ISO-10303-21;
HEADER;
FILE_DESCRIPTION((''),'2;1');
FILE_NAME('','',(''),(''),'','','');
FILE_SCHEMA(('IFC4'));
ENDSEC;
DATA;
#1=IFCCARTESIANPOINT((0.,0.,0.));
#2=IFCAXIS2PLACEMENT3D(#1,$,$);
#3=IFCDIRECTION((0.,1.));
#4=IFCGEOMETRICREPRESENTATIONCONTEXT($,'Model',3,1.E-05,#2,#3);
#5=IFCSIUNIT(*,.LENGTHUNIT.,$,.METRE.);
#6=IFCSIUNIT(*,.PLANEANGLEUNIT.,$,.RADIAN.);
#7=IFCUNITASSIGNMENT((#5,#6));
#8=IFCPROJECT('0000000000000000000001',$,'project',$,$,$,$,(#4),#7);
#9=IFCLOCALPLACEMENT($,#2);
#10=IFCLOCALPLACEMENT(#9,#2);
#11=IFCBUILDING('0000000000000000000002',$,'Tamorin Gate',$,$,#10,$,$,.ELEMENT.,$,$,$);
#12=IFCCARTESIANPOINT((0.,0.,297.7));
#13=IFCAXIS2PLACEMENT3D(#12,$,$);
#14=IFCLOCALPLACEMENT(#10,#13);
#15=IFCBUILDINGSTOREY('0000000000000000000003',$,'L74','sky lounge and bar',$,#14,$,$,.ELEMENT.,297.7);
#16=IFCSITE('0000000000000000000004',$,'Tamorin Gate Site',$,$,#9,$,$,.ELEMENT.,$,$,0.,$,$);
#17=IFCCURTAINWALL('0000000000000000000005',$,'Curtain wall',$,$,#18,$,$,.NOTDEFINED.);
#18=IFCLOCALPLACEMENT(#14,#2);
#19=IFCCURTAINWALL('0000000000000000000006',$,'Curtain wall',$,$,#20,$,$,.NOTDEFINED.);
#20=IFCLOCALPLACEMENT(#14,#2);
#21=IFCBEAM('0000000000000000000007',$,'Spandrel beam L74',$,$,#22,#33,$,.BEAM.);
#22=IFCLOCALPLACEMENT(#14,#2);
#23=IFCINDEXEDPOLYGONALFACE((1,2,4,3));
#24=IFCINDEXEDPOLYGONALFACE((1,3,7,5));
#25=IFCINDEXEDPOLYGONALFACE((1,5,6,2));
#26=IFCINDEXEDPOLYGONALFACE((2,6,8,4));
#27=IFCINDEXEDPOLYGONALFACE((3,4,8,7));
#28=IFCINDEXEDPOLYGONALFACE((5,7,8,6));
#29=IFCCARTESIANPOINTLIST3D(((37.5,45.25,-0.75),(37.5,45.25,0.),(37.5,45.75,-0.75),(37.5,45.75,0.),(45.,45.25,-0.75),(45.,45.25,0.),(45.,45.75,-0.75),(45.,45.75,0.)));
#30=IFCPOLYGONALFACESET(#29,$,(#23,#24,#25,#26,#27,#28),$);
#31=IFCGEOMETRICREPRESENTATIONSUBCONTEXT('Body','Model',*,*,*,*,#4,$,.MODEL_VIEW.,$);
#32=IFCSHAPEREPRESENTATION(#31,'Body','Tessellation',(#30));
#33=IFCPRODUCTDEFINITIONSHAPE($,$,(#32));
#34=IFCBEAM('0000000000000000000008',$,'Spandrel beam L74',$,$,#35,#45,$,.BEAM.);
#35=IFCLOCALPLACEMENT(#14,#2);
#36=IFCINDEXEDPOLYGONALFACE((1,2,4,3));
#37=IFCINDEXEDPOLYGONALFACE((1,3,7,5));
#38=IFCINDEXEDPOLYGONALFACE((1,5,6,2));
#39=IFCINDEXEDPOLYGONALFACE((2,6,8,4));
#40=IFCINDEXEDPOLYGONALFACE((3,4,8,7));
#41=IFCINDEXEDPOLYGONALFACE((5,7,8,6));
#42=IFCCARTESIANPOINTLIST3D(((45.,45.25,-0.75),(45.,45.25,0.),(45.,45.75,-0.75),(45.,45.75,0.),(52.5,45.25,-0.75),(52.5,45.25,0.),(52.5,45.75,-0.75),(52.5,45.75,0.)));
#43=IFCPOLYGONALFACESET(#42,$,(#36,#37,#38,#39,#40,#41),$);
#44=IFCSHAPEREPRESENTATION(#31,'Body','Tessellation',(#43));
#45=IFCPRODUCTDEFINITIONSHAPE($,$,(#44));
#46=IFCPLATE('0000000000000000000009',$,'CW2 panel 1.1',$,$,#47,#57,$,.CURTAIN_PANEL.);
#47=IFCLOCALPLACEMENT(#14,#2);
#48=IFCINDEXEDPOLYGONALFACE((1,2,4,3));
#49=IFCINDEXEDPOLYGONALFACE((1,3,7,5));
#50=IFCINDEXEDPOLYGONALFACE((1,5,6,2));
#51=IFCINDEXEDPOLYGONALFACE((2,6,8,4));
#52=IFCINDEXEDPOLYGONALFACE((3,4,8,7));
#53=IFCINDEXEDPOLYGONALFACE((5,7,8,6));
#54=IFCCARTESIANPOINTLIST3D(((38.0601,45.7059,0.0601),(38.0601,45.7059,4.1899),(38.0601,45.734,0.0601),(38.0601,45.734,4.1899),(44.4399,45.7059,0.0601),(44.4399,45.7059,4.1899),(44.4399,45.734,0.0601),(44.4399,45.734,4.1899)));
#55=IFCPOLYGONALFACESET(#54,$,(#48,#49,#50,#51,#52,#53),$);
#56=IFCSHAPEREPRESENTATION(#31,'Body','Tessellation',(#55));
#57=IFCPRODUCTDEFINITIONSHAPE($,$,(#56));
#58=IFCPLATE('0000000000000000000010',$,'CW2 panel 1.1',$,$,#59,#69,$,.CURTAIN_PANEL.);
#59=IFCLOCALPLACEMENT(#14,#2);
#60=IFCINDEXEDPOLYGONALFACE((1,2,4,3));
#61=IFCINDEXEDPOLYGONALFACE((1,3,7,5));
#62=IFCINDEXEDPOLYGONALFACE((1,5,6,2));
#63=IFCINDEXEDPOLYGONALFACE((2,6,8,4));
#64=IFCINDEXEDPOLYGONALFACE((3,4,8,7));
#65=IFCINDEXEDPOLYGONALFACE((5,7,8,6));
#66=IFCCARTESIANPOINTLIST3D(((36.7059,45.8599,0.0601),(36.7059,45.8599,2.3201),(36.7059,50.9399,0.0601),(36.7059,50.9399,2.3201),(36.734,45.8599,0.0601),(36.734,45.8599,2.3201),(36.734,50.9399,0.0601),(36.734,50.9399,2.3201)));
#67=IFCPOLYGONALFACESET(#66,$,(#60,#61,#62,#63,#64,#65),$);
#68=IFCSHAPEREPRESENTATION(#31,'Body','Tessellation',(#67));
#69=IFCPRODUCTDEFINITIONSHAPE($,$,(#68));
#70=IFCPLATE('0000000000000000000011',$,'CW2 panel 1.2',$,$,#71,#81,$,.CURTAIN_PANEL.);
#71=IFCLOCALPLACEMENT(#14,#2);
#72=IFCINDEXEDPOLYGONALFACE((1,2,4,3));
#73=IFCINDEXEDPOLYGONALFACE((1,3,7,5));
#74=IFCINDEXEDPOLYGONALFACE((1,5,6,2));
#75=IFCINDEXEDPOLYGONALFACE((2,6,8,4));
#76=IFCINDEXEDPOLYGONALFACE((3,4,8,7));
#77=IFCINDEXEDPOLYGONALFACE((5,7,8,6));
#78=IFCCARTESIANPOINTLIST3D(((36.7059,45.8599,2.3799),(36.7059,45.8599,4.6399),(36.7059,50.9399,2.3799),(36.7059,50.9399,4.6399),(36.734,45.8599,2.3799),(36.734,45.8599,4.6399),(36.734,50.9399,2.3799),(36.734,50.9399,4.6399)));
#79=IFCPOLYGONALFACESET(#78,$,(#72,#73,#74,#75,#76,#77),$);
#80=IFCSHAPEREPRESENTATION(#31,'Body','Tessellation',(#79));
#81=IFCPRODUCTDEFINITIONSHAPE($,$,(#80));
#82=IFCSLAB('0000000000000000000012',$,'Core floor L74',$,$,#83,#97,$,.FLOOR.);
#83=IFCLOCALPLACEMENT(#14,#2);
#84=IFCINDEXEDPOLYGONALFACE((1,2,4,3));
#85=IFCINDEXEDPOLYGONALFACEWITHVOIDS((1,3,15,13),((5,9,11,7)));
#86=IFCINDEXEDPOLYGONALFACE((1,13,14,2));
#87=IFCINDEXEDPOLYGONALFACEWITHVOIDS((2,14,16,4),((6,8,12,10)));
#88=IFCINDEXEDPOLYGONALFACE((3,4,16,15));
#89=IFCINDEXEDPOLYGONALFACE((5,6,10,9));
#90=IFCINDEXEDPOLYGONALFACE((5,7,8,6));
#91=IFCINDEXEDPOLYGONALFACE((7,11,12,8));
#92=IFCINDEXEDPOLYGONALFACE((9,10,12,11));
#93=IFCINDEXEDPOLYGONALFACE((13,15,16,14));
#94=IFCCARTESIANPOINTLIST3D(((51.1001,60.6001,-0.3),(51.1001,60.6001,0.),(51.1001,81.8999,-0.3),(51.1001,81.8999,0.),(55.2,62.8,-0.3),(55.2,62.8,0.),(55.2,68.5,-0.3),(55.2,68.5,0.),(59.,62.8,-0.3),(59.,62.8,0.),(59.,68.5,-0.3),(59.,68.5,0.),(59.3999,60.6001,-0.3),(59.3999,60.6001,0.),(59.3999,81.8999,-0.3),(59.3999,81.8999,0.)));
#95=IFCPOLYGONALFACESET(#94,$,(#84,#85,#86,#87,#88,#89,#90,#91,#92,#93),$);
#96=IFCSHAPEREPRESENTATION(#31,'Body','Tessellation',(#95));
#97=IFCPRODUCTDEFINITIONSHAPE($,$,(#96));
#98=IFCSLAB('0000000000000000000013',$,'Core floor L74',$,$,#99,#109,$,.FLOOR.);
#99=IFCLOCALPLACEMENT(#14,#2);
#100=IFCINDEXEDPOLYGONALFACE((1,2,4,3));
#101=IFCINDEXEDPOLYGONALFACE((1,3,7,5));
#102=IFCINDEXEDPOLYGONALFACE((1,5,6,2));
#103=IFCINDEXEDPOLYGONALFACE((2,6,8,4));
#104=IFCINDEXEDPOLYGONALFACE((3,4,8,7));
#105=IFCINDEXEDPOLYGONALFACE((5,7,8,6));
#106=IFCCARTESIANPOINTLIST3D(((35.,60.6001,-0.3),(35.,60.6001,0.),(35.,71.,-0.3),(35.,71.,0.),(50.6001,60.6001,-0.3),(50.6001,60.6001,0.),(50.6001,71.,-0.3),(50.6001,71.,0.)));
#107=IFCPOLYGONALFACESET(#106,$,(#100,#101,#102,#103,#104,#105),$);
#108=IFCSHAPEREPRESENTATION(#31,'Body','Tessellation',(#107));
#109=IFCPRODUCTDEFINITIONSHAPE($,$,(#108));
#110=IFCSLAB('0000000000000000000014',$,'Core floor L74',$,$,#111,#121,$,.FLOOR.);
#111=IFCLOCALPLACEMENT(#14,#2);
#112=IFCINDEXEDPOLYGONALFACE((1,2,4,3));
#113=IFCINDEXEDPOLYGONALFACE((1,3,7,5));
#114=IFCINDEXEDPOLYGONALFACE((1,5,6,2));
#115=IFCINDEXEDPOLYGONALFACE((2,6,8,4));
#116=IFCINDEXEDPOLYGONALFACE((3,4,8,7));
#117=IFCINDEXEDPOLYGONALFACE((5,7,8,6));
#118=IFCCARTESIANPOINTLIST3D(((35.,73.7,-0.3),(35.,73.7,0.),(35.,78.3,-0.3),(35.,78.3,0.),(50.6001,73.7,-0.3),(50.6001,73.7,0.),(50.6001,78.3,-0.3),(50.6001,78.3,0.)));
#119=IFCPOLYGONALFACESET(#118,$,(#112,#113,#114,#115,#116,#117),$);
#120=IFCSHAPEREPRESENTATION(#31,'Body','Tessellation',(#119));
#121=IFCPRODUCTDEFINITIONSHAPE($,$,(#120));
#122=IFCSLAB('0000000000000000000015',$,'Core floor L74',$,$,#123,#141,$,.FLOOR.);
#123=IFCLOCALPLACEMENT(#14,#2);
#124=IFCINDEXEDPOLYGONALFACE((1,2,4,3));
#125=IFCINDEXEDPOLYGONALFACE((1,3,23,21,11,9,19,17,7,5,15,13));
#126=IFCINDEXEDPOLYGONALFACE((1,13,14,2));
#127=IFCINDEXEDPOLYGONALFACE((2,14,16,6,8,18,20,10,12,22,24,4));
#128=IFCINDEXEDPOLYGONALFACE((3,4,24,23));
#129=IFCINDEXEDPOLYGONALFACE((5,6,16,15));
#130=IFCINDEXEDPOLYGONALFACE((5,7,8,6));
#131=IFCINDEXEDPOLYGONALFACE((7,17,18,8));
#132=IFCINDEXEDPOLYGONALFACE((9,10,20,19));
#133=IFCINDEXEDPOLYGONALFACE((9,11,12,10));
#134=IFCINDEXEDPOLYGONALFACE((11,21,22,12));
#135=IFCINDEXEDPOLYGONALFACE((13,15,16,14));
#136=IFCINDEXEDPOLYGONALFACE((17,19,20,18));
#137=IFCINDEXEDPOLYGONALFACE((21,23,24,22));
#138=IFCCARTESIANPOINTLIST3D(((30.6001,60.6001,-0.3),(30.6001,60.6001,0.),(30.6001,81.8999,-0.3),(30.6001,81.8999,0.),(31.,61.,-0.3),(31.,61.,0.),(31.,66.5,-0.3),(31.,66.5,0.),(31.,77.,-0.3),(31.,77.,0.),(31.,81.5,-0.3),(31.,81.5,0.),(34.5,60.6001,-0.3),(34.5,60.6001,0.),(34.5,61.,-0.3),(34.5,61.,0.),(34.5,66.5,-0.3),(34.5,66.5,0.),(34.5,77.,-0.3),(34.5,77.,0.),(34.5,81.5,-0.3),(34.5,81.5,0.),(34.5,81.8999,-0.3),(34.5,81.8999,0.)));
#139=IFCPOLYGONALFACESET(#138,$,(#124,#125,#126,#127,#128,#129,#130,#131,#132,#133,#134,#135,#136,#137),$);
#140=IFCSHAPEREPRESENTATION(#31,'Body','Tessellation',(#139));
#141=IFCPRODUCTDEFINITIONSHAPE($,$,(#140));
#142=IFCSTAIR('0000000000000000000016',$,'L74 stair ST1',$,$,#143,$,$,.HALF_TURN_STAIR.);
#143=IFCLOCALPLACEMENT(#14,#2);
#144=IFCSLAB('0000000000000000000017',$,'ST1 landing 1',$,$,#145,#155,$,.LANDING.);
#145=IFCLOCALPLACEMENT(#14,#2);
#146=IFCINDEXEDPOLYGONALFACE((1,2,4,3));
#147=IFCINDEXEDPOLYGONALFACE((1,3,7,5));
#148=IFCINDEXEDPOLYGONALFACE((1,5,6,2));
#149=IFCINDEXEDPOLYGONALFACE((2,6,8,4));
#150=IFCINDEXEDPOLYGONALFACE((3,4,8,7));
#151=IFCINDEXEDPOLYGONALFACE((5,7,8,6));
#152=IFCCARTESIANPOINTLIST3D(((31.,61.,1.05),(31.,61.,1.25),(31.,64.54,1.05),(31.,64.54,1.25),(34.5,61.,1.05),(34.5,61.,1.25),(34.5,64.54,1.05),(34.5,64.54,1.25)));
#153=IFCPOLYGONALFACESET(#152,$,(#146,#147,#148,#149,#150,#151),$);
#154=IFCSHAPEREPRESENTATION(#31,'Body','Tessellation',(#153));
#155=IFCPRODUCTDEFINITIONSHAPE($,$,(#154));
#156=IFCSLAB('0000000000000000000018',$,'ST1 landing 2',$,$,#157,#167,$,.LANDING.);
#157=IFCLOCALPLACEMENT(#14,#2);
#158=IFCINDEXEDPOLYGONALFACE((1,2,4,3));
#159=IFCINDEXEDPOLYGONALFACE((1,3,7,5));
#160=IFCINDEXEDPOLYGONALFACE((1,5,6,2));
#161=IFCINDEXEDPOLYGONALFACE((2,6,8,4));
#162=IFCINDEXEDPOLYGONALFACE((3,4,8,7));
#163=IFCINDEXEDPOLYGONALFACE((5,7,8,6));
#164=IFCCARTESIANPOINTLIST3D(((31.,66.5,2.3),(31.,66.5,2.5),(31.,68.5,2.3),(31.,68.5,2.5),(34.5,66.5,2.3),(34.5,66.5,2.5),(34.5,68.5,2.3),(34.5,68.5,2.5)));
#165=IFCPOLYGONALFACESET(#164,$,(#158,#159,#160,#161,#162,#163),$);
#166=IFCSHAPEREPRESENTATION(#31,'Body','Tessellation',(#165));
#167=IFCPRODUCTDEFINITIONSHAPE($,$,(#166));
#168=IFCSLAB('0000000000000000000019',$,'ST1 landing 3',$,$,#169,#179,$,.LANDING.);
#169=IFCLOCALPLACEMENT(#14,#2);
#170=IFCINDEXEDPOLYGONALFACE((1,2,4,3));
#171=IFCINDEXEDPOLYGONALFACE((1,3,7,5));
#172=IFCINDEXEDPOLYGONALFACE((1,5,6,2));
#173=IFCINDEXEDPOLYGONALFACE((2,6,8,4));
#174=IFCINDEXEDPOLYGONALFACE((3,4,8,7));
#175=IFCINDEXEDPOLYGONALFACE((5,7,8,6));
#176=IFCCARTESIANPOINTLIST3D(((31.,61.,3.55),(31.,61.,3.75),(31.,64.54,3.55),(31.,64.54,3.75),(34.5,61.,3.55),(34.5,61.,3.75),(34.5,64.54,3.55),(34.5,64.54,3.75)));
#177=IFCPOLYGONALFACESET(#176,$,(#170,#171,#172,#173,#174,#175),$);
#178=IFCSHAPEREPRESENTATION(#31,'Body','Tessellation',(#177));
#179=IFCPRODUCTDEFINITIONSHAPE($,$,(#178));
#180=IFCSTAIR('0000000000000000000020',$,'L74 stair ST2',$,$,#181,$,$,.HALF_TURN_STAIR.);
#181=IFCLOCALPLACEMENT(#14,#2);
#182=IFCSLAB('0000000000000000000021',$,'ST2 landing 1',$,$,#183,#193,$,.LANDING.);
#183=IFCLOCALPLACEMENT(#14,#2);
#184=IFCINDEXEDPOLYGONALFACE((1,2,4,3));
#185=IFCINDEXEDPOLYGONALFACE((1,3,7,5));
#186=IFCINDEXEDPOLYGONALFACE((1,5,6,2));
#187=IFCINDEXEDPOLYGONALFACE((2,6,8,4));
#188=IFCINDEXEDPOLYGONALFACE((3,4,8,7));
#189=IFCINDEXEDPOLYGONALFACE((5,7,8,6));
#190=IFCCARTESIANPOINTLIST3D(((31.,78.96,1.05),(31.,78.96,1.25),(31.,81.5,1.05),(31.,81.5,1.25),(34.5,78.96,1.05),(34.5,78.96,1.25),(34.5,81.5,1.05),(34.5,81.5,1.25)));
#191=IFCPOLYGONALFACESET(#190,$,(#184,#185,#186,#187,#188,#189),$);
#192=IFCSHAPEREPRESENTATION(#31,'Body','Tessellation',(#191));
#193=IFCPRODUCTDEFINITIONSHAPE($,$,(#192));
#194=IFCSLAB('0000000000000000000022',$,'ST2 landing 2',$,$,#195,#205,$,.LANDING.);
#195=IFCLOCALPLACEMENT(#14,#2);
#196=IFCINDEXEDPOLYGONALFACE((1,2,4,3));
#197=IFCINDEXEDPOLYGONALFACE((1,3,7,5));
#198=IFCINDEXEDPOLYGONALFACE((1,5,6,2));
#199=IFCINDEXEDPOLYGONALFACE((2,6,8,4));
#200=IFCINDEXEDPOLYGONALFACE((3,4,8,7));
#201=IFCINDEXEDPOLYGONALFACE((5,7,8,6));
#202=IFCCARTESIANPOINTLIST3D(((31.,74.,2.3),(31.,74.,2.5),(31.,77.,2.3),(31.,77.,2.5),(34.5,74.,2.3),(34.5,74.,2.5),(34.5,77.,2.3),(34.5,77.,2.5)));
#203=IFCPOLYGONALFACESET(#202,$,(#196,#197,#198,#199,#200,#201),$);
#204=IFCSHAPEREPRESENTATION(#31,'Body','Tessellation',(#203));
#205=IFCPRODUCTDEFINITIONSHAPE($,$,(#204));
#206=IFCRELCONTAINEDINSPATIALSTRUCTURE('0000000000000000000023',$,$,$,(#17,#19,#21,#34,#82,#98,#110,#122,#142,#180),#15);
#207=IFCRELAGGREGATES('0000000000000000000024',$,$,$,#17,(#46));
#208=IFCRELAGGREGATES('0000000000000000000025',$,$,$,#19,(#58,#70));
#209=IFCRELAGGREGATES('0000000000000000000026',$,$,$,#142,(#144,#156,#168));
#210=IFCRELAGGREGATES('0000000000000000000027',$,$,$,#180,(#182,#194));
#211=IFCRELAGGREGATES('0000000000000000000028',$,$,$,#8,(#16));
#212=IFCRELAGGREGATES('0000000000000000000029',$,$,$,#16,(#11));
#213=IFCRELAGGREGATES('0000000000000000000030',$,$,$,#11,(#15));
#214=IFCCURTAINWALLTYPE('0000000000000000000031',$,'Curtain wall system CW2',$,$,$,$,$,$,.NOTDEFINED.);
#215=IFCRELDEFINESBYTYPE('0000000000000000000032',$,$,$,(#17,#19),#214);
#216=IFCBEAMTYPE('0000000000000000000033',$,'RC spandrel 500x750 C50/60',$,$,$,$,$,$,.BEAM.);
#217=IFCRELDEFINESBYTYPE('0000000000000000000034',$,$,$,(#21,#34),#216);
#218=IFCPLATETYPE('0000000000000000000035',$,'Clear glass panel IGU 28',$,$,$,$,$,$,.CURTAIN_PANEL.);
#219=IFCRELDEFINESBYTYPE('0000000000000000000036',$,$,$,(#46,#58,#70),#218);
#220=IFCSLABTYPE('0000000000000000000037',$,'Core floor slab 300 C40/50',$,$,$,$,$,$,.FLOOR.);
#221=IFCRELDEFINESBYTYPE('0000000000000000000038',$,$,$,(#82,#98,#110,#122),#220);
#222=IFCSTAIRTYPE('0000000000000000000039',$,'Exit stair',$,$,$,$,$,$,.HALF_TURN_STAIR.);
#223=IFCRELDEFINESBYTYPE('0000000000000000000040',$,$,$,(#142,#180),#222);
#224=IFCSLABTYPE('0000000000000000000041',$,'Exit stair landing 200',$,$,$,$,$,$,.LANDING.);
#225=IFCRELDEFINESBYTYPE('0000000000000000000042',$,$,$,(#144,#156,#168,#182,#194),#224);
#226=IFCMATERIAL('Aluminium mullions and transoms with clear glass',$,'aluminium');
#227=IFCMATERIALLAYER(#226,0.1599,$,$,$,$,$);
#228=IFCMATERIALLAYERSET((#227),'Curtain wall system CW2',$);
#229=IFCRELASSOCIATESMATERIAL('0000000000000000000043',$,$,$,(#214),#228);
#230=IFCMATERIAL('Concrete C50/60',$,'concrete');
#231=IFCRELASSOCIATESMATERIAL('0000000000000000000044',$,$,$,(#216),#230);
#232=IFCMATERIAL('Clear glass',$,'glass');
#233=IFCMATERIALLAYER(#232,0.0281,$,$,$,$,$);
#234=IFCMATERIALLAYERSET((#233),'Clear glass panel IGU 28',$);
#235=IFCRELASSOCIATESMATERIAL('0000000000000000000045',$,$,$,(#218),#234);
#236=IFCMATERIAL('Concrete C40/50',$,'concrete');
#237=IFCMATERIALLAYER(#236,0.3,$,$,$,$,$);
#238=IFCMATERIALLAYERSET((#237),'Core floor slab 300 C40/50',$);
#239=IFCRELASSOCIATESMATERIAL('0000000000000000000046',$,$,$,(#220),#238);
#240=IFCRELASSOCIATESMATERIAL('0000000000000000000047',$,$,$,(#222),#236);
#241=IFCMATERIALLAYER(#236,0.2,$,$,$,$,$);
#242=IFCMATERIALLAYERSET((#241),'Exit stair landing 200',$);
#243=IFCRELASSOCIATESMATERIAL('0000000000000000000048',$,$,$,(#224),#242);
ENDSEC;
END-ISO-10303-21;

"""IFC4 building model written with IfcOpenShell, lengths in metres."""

from ifc_helpers import new_model, si_unit, direction, frame, origin, origin_2d, place, context, subcontext, project, spatial, polyline, rectangle, outline, extrude, material, layer, layer_set, material_profile, profile_set, type_object, element, aggregate, save


model = new_model("IFC4")

# Units and contexts
model_context = context("Model", 3, precision=1e-05, world=origin(), true_north=direction((0.0, 1.0)))
body_context = subcontext(model_context, "Body", "Model", "MODEL_VIEW")
ifc_project = project(units=[si_unit("LENGTHUNIT", "METRE"), si_unit("PLANEANGLEUNIT", "RADIAN")], contexts=[model_context])

# Site, building, storey
site_placement = place(None, origin())
site = spatial("IfcSite", under=ifc_project, at=site_placement, Name="Tamorin Gate Site", CompositionType="ELEMENT", RefElevation=0.0)
building_placement = place(site_placement, origin())
building = spatial("IfcBuilding", under=site, at=building_placement, Name="Tamorin Gate", CompositionType="ELEMENT")
storey_placement = place(building_placement, frame((0.0, 0.0, 297.7)))
storey = spatial("IfcBuildingStorey", under=building, at=storey_placement, Name="L74", Description="sky lounge and bar", CompositionType="ELEMENT", Elevation=297.7)

# Shared definitions
ifc_material_1 = material(Name="Concrete C50/60", Category="concrete")

# Curtain wall
ifc_material_2 = material(Name="Aluminium mullions and transoms with clear glass", Category="aluminium")
ifc_layer_1 = layer(ifc_material_2, 0.1599)
ifc_layer_set_1 = layer_set([ifc_layer_1], Name="Curtain wall system CW2")
curtain_wall_type = type_object("IfcCurtainWallType", Name="Curtain wall system CW2", PredefinedType="NOTDEFINED", material=ifc_layer_set_1)
curtain_wall_1_placement = place(storey_placement, origin())
curtain_wall_1 = element("IfcCurtainWall", 1, at=curtain_wall_1_placement, inside=storey, type_object=curtain_wall_type, Name="Curtain wall", PredefinedType="NOTDEFINED")

# Curtain wall
curtain_wall_2_placement = place(storey_placement, origin())
curtain_wall_2 = element("IfcCurtainWall", 2, at=curtain_wall_2_placement, inside=storey, type_object=curtain_wall_type, Name="Curtain wall", PredefinedType="NOTDEFINED")

# Beams
ifc_material_profile_1 = material_profile(ifc_material_1, rectangle(XDim=0.5, YDim=0.75, at=origin_2d()), Name="RC 500x750")
ifc_profile_set_1 = profile_set([ifc_material_profile_1], Name="Concrete C50/60")
beam_type = type_object("IfcBeamType", Name="RC spandrel 500x750 C50/60", PredefinedType="BEAM", material=ifc_profile_set_1)
for number, where, z_axis, x_axis, name in (
    (3, (37.5, 45.5, -0.375), (1.0, 0.0, 0.0), (0.0, 1.0, 0.0), "Spandrel beam L74"),
    (4, (45.0, 45.5, -0.375), (1.0, 0.0, 0.0), (0.0, 1.0, 0.0), "Spandrel beam L74"),
):
    element("IfcBeam", number, at=place(storey_placement, frame(where, z_axis=z_axis, x_axis=x_axis)), inside=storey, type_object=beam_type, Name=name, PredefinedType="BEAM", context=body_context, shape_type="SweptSolid", body=[
        extrude(rectangle(XDim=0.5, YDim=0.75, at=origin_2d()), origin(), (0.0, 0.0, 1.0), 7.5),
    ])

# Plates
ifc_material_3 = material(Name="Clear glass", Category="glass")
ifc_layer_2 = layer(ifc_material_3, 0.0281)
ifc_layer_set_2 = layer_set([ifc_layer_2], Name="Clear glass panel IGU 28")
plate_type = type_object("IfcPlateType", Name="Clear glass panel IGU 28", PredefinedType="CURTAIN_PANEL", material=ifc_layer_set_2)
plate_1_placement = place(storey_placement, frame((41.25, 45.72, 0.0601), z_axis=(0.0, 0.0, 1.0), x_axis=(1.0, 0.0, 0.0)))
plate_1 = element("IfcPlate", 5, at=plate_1_placement, type_object=plate_type, Name="CW2 panel 1.1", PredefinedType="CURTAIN_PANEL", context=body_context, shape_type="SweptSolid", body=[
    extrude(rectangle(XDim=6.3799, YDim=0.0281, at=origin_2d()), origin(), (0.0, 0.0, 1.0), 4.1299),
])
aggregate(curtain_wall_1, [plate_1])
plate_2_placement = place(storey_placement, frame((36.72, 48.3999, 0.0601), z_axis=(0.0, 0.0, 1.0), x_axis=(0.0, -1.0, 0.0)))
plate_2 = element("IfcPlate", 6, at=plate_2_placement, type_object=plate_type, Name="CW2 panel 1.1", PredefinedType="CURTAIN_PANEL", context=body_context, shape_type="SweptSolid", body=[
    extrude(rectangle(XDim=5.0801, YDim=0.0281, at=origin_2d()), origin(), (0.0, 0.0, 1.0), 2.26),
])
plate_3_placement = place(storey_placement, frame((36.72, 48.3999, 2.3799), z_axis=(0.0, 0.0, 1.0), x_axis=(0.0, -1.0, 0.0)))
plate_3 = element("IfcPlate", 7, at=plate_3_placement, type_object=plate_type, Name="CW2 panel 1.2", PredefinedType="CURTAIN_PANEL", context=body_context, shape_type="SweptSolid", body=[
    extrude(rectangle(XDim=5.0801, YDim=0.0281, at=origin_2d()), origin(), (0.0, 0.0, 1.0), 2.26),
])
aggregate(curtain_wall_2, [plate_2, plate_3])

# Slabs
ifc_material_4 = material(Name="Concrete C40/50", Category="concrete")
ifc_layer_3 = layer(ifc_material_4, 0.3)
ifc_layer_set_3 = layer_set([ifc_layer_3], Name="Core floor slab 300 C40/50")
slab_type_1 = type_object("IfcSlabType", Name="Core floor slab 300 C40/50", PredefinedType="FLOOR", material=ifc_layer_set_3)
slab_1_placement = place(storey_placement, frame((0.0, 0.0, -0.3)))
element("IfcSlab", 8, at=slab_1_placement, inside=storey, type_object=slab_type_1, Name="Core floor L74", PredefinedType="FLOOR", context=body_context, shape_type="SweptSolid", body=[
    extrude(outline(polyline([(51.1001, 81.8999), (59.3999, 81.8999), (59.3999, 60.6001), (51.1001, 60.6001), (51.1001, 81.8999)]), holes=[polyline([(55.2, 62.8), (59.0, 62.8), (59.0, 68.5), (55.2, 68.5), (55.2, 62.8)])]), origin(), (0.0, 0.0, 1.0), 0.3),
])
slab_2_placement = place(storey_placement, frame((0.0, 0.0, -0.3)))
element("IfcSlab", 9, at=slab_2_placement, inside=storey, type_object=slab_type_1, Name="Core floor L74", PredefinedType="FLOOR", context=body_context, shape_type="SweptSolid", body=[
    extrude(outline(polyline([(50.6001, 71.0), (50.6001, 60.6001), (35.0, 60.6001), (35.0, 71.0), (50.6001, 71.0)])), origin(), (0.0, 0.0, 1.0), 0.3),
])
slab_3_placement = place(storey_placement, frame((0.0, 0.0, -0.3)))
element("IfcSlab", 10, at=slab_3_placement, inside=storey, type_object=slab_type_1, Name="Core floor L74", PredefinedType="FLOOR", context=body_context, shape_type="SweptSolid", body=[
    extrude(outline(polyline([(50.6001, 73.7), (35.0, 73.7), (35.0, 78.3), (50.6001, 78.3), (50.6001, 73.7)])), origin(), (0.0, 0.0, 1.0), 0.3),
])
slab_4_placement = place(storey_placement, frame((0.0, 0.0, -0.3)))
element("IfcSlab", 11, at=slab_4_placement, inside=storey, type_object=slab_type_1, Name="Core floor L74", PredefinedType="FLOOR", context=body_context, shape_type="SweptSolid", body=[
    extrude(outline(polyline([(34.5, 60.6001), (30.6001, 60.6001), (30.6001, 81.8999), (34.5, 81.8999), (34.5, 81.5), (31.0, 81.5), (31.0, 77.0), (34.5, 77.0), (34.5, 66.5), (31.0, 66.5), (31.0, 61.0), (34.5, 61.0), (34.5, 60.6001)])), origin(), (0.0, 0.0, 1.0), 0.3),
])

# Stairs, slabs
stair_type = type_object("IfcStairType", Name="Exit stair", PredefinedType="HALF_TURN_STAIR", material=ifc_material_4)
stair_1_placement = place(storey_placement, origin())
stair_1 = element("IfcStair", 12, at=stair_1_placement, inside=storey, type_object=stair_type, Name="L74 stair ST1", PredefinedType="HALF_TURN_STAIR")
ifc_layer_4 = layer(ifc_material_4, 0.2)
ifc_layer_set_4 = layer_set([ifc_layer_4], Name="Exit stair landing 200")
slab_type_2 = type_object("IfcSlabType", Name="Exit stair landing 200", PredefinedType="LANDING", material=ifc_layer_set_4)
slab_5_placement = place(storey_placement, frame((0.0, 0.0, 1.05)))
slab_5 = element("IfcSlab", 13, at=slab_5_placement, type_object=slab_type_2, Name="ST1 landing 1", PredefinedType="LANDING", context=body_context, shape_type="SweptSolid", body=[
    extrude(outline(polyline([(31.0, 64.54), (31.0, 61.0), (34.5, 61.0), (34.5, 64.54), (31.0, 64.54)])), origin(), (0.0, 0.0, 1.0), 0.2),
])
slab_6_placement = place(storey_placement, frame((0.0, 0.0, 2.3)))
slab_6 = element("IfcSlab", 14, at=slab_6_placement, type_object=slab_type_2, Name="ST1 landing 2", PredefinedType="LANDING", context=body_context, shape_type="SweptSolid", body=[
    extrude(outline(polyline([(31.0, 68.5), (31.0, 66.5), (34.5, 66.5), (34.5, 68.5), (31.0, 68.5)])), origin(), (0.0, 0.0, 1.0), 0.2),
])
slab_7_placement = place(storey_placement, frame((0.0, 0.0, 3.55)))
slab_7 = element("IfcSlab", 15, at=slab_7_placement, type_object=slab_type_2, Name="ST1 landing 3", PredefinedType="LANDING", context=body_context, shape_type="SweptSolid", body=[
    extrude(outline(polyline([(31.0, 64.54), (31.0, 61.0), (34.5, 61.0), (34.5, 64.54), (31.0, 64.54)])), origin(), (0.0, 0.0, 1.0), 0.2),
])
aggregate(stair_1, [slab_5, slab_6, slab_7])
stair_2_placement = place(storey_placement, origin())
stair_2 = element("IfcStair", 16, at=stair_2_placement, inside=storey, type_object=stair_type, Name="L74 stair ST2", PredefinedType="HALF_TURN_STAIR")
slab_8_placement = place(storey_placement, frame((0.0, 0.0, 1.05)))
slab_8 = element("IfcSlab", 17, at=slab_8_placement, type_object=slab_type_2, Name="ST2 landing 1", PredefinedType="LANDING", context=body_context, shape_type="SweptSolid", body=[
    extrude(outline(polyline([(34.5, 78.96), (34.5, 81.5), (31.0, 81.5), (31.0, 78.96), (34.5, 78.96)])), origin(), (0.0, 0.0, 1.0), 0.2),
])
slab_9_placement = place(storey_placement, frame((0.0, 0.0, 2.3)))
slab_9 = element("IfcSlab", 18, at=slab_9_placement, type_object=slab_type_2, Name="ST2 landing 2", PredefinedType="LANDING", context=body_context, shape_type="SweptSolid", body=[
    extrude(outline(polyline([(34.5, 74.0), (34.5, 77.0), (31.0, 77.0), (31.0, 74.0), (34.5, 74.0)])), origin(), (0.0, 0.0, 1.0), 0.2),
])
aggregate(stair_2, [slab_8, slab_9])

save(model, "model.ifc")
